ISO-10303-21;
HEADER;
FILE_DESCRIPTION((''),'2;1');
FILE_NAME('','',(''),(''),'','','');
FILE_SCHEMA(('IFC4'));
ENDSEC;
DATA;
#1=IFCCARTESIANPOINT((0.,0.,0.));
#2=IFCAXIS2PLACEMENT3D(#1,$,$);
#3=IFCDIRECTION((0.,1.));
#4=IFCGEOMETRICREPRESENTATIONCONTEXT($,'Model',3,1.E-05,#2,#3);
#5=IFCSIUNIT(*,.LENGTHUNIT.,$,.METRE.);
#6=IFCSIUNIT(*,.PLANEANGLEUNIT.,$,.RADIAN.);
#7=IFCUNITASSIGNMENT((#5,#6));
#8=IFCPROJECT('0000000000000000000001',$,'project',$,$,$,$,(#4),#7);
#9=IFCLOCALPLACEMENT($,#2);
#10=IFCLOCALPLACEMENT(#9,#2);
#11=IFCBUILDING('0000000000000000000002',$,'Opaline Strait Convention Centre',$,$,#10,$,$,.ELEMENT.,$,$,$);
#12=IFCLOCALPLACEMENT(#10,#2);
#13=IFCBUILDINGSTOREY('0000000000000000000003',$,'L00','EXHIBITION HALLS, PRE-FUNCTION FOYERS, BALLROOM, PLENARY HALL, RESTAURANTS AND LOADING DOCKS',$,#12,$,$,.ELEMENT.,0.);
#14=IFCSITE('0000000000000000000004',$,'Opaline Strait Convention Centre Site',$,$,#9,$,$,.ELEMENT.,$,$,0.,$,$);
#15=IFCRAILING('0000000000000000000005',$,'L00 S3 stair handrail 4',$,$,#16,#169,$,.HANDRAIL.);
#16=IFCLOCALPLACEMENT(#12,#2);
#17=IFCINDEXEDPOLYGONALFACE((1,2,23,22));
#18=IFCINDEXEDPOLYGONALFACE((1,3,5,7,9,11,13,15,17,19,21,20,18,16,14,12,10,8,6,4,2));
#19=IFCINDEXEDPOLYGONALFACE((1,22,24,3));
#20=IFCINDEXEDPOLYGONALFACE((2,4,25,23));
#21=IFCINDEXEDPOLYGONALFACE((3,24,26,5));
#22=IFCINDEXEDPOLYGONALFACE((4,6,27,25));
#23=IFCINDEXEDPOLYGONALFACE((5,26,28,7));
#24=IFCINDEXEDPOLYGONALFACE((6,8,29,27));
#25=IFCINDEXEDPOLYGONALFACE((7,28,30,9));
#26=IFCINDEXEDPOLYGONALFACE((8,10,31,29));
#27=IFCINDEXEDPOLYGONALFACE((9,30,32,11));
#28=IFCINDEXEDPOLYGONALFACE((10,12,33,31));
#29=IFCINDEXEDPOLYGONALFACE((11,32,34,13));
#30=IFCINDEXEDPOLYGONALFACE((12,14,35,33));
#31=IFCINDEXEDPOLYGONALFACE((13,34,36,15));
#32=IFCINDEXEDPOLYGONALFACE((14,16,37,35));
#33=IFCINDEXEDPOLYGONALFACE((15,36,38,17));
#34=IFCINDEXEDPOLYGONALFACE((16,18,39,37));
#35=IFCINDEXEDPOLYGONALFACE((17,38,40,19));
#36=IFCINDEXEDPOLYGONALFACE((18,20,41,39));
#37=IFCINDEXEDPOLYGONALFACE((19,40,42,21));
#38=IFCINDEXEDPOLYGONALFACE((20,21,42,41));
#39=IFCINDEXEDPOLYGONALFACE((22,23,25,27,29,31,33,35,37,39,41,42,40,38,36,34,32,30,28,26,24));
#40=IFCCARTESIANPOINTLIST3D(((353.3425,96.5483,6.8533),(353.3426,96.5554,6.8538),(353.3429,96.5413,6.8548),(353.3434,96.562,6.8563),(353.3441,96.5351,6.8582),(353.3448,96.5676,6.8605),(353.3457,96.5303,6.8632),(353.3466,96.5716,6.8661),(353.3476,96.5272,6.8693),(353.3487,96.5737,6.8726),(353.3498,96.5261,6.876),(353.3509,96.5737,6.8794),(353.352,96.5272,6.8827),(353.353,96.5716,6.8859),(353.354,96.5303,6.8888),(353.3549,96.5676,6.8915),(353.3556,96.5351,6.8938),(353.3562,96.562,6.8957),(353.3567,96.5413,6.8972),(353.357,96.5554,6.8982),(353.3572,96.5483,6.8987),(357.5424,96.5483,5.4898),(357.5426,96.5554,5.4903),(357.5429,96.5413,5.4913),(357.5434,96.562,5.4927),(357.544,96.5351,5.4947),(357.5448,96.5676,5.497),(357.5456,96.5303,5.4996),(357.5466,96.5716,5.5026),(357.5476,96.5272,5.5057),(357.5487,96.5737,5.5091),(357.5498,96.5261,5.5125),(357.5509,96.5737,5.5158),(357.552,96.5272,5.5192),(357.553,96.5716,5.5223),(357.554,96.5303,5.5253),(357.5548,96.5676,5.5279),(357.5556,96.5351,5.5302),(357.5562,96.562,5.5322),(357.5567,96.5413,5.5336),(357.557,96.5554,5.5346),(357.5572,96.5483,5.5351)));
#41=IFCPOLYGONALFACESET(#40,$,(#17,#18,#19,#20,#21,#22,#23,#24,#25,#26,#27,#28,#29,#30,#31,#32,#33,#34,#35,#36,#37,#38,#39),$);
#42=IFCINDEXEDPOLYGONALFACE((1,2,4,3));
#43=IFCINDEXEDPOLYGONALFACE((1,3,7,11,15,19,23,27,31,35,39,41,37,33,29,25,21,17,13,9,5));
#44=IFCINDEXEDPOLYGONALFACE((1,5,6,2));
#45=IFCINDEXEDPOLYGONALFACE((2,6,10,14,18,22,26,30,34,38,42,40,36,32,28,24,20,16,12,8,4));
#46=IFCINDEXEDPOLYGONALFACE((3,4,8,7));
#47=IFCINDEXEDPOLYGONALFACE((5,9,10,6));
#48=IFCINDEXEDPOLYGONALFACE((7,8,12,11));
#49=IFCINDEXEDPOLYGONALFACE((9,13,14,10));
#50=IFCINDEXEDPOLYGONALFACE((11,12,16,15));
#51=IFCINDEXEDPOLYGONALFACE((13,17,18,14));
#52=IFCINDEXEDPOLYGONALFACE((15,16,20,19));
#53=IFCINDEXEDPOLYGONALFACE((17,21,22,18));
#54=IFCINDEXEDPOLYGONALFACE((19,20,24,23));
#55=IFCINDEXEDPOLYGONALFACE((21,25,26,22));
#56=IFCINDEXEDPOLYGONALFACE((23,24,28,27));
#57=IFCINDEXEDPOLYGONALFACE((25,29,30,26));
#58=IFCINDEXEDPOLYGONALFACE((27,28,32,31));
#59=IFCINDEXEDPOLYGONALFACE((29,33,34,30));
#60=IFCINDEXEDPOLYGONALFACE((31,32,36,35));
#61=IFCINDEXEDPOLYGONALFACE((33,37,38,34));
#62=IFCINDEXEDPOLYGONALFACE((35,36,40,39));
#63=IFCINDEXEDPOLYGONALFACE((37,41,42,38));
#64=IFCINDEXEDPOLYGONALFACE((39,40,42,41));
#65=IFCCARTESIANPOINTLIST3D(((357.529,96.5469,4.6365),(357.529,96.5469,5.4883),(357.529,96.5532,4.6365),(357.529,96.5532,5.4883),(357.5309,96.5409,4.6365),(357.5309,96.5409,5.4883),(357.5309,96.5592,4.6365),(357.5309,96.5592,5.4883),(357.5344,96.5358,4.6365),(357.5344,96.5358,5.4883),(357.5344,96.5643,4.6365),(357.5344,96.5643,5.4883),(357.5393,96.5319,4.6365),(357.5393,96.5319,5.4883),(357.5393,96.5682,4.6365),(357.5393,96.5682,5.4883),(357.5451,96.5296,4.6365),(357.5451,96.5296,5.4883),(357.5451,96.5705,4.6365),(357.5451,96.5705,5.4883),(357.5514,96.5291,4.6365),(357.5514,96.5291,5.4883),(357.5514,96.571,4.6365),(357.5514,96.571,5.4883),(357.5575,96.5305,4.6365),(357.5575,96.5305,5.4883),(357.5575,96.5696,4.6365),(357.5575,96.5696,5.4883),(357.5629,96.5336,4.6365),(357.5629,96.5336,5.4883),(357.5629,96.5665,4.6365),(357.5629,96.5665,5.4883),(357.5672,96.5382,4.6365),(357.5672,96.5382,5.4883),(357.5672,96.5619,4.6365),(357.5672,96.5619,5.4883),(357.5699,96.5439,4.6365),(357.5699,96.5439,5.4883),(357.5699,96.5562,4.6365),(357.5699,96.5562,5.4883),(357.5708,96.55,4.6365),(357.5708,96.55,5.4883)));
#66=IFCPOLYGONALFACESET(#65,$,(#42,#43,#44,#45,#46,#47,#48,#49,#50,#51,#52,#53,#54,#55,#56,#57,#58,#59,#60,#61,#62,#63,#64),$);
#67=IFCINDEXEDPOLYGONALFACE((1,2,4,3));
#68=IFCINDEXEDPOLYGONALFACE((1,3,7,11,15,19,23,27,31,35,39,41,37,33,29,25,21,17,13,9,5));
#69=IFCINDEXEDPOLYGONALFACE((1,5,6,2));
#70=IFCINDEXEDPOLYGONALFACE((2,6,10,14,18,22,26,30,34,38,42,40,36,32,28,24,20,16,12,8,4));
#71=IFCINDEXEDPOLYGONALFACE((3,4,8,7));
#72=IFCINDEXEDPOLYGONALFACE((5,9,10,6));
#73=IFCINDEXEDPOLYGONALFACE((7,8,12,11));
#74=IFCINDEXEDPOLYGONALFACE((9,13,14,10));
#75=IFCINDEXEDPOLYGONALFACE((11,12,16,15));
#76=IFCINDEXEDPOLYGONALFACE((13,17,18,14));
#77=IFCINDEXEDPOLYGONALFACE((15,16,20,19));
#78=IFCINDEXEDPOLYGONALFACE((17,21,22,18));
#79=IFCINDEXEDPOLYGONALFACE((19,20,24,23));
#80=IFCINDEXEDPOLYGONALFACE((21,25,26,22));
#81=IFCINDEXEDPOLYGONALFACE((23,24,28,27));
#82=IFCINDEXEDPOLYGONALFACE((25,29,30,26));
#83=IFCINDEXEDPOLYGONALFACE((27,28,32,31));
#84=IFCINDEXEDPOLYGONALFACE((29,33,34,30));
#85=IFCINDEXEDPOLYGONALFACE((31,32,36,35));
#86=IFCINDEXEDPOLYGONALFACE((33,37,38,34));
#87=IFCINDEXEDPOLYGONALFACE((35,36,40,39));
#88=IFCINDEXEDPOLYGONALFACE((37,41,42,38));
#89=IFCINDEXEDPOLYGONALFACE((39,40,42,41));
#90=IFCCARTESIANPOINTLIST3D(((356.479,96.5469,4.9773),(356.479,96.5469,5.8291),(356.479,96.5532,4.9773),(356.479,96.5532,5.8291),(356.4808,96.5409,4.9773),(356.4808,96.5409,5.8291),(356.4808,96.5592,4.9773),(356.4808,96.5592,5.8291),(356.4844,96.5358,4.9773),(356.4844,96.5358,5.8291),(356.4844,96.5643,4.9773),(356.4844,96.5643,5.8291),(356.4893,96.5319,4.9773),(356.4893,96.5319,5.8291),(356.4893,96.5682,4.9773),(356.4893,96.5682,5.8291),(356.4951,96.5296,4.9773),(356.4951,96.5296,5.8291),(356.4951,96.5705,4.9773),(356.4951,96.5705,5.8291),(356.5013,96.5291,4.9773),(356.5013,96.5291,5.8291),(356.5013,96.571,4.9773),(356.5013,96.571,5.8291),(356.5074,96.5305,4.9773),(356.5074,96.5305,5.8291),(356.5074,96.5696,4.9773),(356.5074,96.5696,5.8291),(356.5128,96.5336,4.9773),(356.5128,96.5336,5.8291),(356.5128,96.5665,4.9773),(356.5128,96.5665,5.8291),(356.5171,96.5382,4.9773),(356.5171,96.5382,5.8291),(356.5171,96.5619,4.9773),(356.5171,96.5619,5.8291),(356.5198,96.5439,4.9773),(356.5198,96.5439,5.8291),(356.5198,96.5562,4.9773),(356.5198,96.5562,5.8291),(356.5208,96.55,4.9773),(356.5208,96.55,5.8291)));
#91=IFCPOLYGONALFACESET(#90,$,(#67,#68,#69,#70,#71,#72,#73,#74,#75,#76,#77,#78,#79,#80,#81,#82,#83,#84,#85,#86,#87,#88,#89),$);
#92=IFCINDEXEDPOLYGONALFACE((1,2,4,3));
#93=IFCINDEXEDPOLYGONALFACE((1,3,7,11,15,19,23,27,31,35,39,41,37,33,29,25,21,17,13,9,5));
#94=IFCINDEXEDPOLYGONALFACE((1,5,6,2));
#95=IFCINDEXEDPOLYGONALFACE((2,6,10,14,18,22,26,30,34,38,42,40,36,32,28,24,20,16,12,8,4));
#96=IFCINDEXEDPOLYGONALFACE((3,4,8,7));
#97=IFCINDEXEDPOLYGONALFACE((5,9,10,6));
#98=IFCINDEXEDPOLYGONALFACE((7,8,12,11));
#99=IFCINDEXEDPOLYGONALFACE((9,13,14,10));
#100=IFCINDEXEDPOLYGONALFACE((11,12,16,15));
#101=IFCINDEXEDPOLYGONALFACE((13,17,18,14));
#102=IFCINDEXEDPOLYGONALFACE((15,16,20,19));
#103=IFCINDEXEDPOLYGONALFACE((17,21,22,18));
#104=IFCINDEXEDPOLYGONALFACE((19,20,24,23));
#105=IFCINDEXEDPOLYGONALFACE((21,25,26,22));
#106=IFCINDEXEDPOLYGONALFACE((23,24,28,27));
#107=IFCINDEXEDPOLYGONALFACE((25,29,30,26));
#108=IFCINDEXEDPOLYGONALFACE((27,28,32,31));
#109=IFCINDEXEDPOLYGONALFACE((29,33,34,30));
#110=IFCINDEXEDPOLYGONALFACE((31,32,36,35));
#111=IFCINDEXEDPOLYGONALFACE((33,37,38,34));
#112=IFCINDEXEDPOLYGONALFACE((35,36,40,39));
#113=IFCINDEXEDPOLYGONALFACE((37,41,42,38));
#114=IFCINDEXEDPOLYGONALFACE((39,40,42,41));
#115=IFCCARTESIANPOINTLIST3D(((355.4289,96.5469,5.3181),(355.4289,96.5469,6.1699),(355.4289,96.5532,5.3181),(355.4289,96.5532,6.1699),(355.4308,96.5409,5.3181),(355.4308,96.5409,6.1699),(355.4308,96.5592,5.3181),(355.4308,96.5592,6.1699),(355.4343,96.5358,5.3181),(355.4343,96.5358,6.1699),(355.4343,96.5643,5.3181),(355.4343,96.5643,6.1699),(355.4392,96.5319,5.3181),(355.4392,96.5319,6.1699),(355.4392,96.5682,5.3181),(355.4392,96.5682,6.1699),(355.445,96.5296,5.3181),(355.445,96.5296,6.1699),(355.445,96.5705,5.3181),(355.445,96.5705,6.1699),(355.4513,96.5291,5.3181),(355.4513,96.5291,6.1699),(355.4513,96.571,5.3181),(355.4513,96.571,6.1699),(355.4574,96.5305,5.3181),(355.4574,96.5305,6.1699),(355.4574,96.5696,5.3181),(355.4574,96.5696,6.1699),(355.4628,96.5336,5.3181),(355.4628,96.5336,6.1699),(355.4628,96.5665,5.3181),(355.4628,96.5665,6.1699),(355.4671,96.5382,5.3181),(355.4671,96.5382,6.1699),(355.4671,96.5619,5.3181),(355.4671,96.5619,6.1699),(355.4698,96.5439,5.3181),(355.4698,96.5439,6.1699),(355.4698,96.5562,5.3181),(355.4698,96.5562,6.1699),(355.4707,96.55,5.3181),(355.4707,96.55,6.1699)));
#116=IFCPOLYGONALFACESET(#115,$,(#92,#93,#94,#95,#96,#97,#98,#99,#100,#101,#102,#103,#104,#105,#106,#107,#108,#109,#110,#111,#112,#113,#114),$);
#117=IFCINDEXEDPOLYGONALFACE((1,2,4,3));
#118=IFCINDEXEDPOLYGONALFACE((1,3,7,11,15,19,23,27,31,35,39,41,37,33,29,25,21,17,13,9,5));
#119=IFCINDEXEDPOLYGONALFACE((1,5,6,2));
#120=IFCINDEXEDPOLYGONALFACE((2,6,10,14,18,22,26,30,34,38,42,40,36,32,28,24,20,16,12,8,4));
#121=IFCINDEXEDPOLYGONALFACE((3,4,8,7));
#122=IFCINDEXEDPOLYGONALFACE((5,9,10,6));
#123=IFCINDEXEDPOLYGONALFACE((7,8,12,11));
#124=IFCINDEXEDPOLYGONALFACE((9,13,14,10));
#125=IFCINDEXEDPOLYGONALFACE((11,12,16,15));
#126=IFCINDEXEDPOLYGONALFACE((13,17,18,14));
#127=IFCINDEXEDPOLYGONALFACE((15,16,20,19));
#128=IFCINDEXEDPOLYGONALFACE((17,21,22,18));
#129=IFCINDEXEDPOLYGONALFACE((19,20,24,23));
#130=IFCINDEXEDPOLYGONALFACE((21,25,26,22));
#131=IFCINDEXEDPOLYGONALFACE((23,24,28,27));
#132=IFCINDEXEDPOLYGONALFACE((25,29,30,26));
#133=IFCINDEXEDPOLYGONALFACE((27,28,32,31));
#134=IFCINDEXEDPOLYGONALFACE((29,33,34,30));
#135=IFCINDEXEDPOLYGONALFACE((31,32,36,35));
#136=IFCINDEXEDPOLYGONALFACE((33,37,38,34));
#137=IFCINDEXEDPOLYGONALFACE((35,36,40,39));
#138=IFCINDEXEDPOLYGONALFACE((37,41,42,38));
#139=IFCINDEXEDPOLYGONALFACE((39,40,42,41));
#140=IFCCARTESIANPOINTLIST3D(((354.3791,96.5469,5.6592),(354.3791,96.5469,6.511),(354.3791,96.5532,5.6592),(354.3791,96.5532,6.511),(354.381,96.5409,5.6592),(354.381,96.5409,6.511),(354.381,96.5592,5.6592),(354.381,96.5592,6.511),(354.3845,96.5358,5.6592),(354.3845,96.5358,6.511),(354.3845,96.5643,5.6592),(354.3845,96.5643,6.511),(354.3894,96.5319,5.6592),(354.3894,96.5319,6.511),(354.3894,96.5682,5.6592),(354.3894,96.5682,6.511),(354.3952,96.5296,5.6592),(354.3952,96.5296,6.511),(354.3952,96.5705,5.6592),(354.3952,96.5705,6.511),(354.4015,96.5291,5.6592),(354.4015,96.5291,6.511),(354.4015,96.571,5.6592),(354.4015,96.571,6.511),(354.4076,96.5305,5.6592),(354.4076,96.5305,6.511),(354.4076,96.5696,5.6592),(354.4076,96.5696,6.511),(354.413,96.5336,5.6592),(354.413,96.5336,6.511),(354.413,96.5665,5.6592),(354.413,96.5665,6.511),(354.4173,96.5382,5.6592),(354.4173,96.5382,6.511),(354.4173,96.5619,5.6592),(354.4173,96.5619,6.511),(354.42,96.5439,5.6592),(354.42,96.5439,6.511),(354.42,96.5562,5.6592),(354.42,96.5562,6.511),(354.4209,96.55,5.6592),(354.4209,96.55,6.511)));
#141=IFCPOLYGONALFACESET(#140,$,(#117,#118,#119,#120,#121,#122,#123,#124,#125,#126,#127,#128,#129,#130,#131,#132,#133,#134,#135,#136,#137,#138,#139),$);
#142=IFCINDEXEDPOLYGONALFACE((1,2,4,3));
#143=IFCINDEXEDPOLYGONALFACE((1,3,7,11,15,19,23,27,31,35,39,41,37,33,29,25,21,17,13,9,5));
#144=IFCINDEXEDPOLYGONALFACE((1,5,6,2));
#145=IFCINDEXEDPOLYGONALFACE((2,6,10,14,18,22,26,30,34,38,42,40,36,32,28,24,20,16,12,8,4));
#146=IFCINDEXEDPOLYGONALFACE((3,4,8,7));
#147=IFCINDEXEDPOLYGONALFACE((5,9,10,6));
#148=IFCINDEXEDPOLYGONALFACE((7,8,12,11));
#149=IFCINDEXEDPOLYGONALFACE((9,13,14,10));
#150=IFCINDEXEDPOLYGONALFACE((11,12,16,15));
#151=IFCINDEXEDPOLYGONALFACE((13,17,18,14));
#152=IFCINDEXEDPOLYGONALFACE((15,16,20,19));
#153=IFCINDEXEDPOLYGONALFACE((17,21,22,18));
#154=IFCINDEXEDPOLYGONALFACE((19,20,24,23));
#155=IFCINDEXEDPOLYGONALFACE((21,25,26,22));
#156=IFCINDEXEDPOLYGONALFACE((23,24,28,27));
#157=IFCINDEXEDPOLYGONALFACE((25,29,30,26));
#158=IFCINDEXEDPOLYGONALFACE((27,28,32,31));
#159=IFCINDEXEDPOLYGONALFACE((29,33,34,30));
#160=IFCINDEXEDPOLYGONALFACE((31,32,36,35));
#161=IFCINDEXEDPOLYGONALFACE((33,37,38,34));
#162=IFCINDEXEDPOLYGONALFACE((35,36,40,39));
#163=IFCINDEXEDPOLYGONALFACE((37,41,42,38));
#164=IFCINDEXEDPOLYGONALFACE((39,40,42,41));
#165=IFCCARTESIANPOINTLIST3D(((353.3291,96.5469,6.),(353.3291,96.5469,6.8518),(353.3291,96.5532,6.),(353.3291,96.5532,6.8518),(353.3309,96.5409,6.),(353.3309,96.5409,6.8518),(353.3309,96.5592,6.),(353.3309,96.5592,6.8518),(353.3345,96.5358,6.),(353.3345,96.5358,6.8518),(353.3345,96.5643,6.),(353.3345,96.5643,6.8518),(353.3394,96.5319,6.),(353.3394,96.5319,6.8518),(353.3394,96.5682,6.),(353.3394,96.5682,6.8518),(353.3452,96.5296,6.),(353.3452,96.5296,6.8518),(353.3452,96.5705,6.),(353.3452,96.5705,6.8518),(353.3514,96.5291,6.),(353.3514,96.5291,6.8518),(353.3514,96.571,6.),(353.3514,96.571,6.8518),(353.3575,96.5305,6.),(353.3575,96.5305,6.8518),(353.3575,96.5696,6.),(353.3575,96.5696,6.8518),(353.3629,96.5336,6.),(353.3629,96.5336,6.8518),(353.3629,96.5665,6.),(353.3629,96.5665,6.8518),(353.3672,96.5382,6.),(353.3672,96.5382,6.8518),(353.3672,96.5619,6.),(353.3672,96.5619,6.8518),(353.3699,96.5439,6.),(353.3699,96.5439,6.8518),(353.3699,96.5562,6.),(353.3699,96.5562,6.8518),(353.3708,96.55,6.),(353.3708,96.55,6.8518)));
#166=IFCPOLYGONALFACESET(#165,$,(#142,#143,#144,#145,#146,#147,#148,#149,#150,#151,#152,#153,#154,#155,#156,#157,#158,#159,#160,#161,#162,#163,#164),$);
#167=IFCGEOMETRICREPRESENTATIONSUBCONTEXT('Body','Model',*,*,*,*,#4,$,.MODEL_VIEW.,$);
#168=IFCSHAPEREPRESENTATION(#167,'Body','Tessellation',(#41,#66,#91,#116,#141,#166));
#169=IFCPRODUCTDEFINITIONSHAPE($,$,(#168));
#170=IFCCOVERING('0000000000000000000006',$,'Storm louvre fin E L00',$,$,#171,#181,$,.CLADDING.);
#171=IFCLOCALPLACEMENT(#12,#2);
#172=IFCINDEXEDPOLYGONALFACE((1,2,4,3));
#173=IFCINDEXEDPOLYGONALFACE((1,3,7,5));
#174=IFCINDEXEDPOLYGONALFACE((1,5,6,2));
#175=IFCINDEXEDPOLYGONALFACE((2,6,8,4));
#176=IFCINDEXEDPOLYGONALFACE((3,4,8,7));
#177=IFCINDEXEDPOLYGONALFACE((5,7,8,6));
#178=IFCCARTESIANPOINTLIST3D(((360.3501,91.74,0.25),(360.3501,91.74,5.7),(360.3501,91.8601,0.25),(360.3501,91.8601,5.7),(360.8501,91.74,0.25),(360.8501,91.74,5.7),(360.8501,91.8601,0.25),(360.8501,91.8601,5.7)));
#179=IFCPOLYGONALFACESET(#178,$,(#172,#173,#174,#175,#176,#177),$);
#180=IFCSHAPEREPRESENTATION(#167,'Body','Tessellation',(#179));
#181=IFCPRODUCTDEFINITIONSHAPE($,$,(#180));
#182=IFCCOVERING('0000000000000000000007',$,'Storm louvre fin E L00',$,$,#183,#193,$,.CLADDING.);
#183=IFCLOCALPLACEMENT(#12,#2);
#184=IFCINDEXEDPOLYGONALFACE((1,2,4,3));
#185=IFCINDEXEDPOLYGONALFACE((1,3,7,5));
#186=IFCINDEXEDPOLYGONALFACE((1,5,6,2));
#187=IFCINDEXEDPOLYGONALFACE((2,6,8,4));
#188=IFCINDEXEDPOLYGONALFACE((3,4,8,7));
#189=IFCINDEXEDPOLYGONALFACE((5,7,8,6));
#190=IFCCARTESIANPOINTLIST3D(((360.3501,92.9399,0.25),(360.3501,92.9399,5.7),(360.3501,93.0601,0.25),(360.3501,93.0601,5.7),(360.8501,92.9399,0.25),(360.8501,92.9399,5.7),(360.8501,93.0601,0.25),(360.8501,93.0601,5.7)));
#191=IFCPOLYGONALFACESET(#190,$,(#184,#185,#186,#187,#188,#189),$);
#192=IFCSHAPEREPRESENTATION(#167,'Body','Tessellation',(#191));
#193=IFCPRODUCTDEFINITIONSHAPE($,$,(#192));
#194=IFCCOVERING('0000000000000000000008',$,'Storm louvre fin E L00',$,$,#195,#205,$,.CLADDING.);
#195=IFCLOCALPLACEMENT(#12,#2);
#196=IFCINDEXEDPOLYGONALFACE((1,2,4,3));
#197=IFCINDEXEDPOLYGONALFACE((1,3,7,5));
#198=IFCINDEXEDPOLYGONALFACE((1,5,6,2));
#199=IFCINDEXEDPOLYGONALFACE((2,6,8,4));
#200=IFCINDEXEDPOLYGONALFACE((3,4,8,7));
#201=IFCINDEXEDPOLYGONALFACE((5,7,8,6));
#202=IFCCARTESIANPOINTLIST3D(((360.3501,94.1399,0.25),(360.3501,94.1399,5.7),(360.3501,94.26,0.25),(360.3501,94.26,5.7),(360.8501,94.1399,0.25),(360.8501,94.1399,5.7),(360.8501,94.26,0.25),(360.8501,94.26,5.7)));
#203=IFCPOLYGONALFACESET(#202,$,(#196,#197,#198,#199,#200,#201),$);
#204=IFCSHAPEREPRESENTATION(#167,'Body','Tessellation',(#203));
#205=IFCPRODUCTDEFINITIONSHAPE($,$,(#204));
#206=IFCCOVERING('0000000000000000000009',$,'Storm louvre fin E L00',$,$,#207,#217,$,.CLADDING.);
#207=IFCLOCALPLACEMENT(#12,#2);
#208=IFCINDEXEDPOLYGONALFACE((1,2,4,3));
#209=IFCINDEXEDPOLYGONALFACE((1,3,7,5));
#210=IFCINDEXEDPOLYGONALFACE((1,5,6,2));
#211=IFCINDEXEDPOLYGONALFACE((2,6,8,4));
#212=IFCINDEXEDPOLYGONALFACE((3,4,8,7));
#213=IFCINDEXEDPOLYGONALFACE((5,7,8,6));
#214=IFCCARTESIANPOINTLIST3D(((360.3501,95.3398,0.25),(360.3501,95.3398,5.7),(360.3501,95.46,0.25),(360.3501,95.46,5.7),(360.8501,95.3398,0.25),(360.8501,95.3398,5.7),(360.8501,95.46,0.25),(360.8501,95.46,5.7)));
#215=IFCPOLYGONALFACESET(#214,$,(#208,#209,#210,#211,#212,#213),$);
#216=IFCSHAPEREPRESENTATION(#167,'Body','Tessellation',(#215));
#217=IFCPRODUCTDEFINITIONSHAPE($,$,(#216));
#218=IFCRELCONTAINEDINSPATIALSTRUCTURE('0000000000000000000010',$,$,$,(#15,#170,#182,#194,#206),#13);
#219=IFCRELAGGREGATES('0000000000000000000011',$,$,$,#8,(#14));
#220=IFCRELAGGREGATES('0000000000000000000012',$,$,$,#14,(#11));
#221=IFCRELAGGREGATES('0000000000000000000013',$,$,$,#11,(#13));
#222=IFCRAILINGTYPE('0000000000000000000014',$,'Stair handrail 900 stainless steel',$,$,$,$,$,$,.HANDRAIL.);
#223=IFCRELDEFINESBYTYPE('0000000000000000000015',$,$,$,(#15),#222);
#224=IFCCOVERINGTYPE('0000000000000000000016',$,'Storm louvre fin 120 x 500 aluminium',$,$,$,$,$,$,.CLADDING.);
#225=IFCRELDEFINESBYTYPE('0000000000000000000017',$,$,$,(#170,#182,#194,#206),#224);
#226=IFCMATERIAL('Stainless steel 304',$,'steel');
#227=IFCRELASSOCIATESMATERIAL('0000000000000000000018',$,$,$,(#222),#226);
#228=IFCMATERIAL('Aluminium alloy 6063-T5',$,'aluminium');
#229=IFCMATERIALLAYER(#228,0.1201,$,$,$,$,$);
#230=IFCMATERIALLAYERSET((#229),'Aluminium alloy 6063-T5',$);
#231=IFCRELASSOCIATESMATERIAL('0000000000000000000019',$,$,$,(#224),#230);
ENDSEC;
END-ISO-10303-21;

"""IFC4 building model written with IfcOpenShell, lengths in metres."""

from ifc_helpers import new_model, si_unit, direction, frame, origin, origin_2d, place, context, subcontext, project, spatial, rectangle, circle, extrude, material, layer, layer_set, type_object, element, save


model = new_model("IFC4")

# Units and contexts
model_context = context("Model", 3, precision=1e-05, world=origin(), true_north=direction((0.0, 1.0)))
body_context = subcontext(model_context, "Body", "Model", "MODEL_VIEW")
ifc_project = project(units=[si_unit("LENGTHUNIT", "METRE"), si_unit("PLANEANGLEUNIT", "RADIAN")], contexts=[model_context])

# Site, building, storey
site_placement = place(None, origin())
site = spatial("IfcSite", under=ifc_project, at=site_placement, Name="Opaline Strait Convention Centre Site", CompositionType="ELEMENT", RefElevation=0.0)
building_placement = place(site_placement, origin())
building = spatial("IfcBuilding", under=site, at=building_placement, Name="Opaline Strait Convention Centre", CompositionType="ELEMENT")
storey_placement = place(building_placement, origin())
storey = spatial("IfcBuildingStorey", under=building, at=storey_placement, Name="L00", Description="EXHIBITION HALLS, PRE-FUNCTION FOYERS, BALLROOM, PLENARY HALL, RESTAURANTS AND LOADING DOCKS", CompositionType="ELEMENT", Elevation=0.0)

# Railing
ifc_material_1 = material(Name="Stainless steel 304", Category="steel")
railing_type_1 = type_object("IfcRailingType", Name="Stair handrail 900 stainless steel", PredefinedType="HANDRAIL", material=ifc_material_1)
for number, where, name in (
    (1, (357.5498, 96.55, 4.6365), "L00 S3 stair handrail 4"),
):
    element("IfcRailing", number, at=place(storey_placement, frame(where)), inside=storey, type_object=railing_type_1, Name=name, PredefinedType="HANDRAIL", context=body_context, shape_type="SweptSolid", body=[
        extrude(circle(Radius=0.0239, at=origin_2d()), frame((0.0, 0.0, 0.876), z_axis=(-0.951131, 0.0, 0.308787), x_axis=(0.0, -1.0, 0.0)), (0.0, 0.0, 1.0), 4.4158),
        extrude(circle(Radius=0.021, at=origin_2d()), origin(), (0.0, 0.0, 1.0), 0.8518),
        extrude(circle(Radius=0.021, at=origin_2d()), frame((-1.05, 0.0, 0.3408)), (0.0, 0.0, 1.0), 0.8518),
        extrude(circle(Radius=0.021, at=origin_2d()), frame((-2.1001, 0.0, 0.6816)), (0.0, 0.0, 1.0), 0.8518),
        extrude(circle(Radius=0.021, at=origin_2d()), frame((-3.1499, 0.0, 1.0227)), (0.0, 0.0, 1.0), 0.8518),
        extrude(circle(Radius=0.021, at=origin_2d()), frame((-4.2, 0.0, 1.3635)), (0.0, 0.0, 1.0), 0.8518),
    ])

# Coverings
ifc_material_2 = material(Name="Aluminium alloy 6063-T5", Category="aluminium")
ifc_layer_1 = layer(ifc_material_2, 0.1201)
ifc_layer_set_1 = layer_set([ifc_layer_1], Name="Aluminium alloy 6063-T5")
covering_type = type_object("IfcCoveringType", Name="Storm louvre fin 120 x 500 aluminium", PredefinedType="CLADDING", material=ifc_layer_set_1)
for number, where, z_axis, x_axis, name in (
    (2, (360.6001, 91.8, 0.25), (0.0, 0.0, 1.0), (1.0, 0.0, 0.0), "Storm louvre fin E L00"),
    (3, (360.6001, 93.0, 0.25), (0.0, 0.0, 1.0), (1.0, 0.0, 0.0), "Storm louvre fin E L00"),
    (4, (360.6001, 94.2, 0.25), (0.0, 0.0, 1.0), (1.0, 0.0, 0.0), "Storm louvre fin E L00"),
    (5, (360.6001, 95.3999, 0.25), (0.0, 0.0, 1.0), (1.0, 0.0, 0.0), "Storm louvre fin E L00"),
):
    element("IfcCovering", number, at=place(storey_placement, frame(where, z_axis=z_axis, x_axis=x_axis)), inside=storey, type_object=covering_type, Name=name, PredefinedType="CLADDING", context=body_context, shape_type="SweptSolid", body=[
        extrude(rectangle(XDim=0.5, YDim=0.1201, at=origin_2d()), origin(), (0.0, 0.0, 1.0), 5.45),
    ])

save(model, "model.ifc")
